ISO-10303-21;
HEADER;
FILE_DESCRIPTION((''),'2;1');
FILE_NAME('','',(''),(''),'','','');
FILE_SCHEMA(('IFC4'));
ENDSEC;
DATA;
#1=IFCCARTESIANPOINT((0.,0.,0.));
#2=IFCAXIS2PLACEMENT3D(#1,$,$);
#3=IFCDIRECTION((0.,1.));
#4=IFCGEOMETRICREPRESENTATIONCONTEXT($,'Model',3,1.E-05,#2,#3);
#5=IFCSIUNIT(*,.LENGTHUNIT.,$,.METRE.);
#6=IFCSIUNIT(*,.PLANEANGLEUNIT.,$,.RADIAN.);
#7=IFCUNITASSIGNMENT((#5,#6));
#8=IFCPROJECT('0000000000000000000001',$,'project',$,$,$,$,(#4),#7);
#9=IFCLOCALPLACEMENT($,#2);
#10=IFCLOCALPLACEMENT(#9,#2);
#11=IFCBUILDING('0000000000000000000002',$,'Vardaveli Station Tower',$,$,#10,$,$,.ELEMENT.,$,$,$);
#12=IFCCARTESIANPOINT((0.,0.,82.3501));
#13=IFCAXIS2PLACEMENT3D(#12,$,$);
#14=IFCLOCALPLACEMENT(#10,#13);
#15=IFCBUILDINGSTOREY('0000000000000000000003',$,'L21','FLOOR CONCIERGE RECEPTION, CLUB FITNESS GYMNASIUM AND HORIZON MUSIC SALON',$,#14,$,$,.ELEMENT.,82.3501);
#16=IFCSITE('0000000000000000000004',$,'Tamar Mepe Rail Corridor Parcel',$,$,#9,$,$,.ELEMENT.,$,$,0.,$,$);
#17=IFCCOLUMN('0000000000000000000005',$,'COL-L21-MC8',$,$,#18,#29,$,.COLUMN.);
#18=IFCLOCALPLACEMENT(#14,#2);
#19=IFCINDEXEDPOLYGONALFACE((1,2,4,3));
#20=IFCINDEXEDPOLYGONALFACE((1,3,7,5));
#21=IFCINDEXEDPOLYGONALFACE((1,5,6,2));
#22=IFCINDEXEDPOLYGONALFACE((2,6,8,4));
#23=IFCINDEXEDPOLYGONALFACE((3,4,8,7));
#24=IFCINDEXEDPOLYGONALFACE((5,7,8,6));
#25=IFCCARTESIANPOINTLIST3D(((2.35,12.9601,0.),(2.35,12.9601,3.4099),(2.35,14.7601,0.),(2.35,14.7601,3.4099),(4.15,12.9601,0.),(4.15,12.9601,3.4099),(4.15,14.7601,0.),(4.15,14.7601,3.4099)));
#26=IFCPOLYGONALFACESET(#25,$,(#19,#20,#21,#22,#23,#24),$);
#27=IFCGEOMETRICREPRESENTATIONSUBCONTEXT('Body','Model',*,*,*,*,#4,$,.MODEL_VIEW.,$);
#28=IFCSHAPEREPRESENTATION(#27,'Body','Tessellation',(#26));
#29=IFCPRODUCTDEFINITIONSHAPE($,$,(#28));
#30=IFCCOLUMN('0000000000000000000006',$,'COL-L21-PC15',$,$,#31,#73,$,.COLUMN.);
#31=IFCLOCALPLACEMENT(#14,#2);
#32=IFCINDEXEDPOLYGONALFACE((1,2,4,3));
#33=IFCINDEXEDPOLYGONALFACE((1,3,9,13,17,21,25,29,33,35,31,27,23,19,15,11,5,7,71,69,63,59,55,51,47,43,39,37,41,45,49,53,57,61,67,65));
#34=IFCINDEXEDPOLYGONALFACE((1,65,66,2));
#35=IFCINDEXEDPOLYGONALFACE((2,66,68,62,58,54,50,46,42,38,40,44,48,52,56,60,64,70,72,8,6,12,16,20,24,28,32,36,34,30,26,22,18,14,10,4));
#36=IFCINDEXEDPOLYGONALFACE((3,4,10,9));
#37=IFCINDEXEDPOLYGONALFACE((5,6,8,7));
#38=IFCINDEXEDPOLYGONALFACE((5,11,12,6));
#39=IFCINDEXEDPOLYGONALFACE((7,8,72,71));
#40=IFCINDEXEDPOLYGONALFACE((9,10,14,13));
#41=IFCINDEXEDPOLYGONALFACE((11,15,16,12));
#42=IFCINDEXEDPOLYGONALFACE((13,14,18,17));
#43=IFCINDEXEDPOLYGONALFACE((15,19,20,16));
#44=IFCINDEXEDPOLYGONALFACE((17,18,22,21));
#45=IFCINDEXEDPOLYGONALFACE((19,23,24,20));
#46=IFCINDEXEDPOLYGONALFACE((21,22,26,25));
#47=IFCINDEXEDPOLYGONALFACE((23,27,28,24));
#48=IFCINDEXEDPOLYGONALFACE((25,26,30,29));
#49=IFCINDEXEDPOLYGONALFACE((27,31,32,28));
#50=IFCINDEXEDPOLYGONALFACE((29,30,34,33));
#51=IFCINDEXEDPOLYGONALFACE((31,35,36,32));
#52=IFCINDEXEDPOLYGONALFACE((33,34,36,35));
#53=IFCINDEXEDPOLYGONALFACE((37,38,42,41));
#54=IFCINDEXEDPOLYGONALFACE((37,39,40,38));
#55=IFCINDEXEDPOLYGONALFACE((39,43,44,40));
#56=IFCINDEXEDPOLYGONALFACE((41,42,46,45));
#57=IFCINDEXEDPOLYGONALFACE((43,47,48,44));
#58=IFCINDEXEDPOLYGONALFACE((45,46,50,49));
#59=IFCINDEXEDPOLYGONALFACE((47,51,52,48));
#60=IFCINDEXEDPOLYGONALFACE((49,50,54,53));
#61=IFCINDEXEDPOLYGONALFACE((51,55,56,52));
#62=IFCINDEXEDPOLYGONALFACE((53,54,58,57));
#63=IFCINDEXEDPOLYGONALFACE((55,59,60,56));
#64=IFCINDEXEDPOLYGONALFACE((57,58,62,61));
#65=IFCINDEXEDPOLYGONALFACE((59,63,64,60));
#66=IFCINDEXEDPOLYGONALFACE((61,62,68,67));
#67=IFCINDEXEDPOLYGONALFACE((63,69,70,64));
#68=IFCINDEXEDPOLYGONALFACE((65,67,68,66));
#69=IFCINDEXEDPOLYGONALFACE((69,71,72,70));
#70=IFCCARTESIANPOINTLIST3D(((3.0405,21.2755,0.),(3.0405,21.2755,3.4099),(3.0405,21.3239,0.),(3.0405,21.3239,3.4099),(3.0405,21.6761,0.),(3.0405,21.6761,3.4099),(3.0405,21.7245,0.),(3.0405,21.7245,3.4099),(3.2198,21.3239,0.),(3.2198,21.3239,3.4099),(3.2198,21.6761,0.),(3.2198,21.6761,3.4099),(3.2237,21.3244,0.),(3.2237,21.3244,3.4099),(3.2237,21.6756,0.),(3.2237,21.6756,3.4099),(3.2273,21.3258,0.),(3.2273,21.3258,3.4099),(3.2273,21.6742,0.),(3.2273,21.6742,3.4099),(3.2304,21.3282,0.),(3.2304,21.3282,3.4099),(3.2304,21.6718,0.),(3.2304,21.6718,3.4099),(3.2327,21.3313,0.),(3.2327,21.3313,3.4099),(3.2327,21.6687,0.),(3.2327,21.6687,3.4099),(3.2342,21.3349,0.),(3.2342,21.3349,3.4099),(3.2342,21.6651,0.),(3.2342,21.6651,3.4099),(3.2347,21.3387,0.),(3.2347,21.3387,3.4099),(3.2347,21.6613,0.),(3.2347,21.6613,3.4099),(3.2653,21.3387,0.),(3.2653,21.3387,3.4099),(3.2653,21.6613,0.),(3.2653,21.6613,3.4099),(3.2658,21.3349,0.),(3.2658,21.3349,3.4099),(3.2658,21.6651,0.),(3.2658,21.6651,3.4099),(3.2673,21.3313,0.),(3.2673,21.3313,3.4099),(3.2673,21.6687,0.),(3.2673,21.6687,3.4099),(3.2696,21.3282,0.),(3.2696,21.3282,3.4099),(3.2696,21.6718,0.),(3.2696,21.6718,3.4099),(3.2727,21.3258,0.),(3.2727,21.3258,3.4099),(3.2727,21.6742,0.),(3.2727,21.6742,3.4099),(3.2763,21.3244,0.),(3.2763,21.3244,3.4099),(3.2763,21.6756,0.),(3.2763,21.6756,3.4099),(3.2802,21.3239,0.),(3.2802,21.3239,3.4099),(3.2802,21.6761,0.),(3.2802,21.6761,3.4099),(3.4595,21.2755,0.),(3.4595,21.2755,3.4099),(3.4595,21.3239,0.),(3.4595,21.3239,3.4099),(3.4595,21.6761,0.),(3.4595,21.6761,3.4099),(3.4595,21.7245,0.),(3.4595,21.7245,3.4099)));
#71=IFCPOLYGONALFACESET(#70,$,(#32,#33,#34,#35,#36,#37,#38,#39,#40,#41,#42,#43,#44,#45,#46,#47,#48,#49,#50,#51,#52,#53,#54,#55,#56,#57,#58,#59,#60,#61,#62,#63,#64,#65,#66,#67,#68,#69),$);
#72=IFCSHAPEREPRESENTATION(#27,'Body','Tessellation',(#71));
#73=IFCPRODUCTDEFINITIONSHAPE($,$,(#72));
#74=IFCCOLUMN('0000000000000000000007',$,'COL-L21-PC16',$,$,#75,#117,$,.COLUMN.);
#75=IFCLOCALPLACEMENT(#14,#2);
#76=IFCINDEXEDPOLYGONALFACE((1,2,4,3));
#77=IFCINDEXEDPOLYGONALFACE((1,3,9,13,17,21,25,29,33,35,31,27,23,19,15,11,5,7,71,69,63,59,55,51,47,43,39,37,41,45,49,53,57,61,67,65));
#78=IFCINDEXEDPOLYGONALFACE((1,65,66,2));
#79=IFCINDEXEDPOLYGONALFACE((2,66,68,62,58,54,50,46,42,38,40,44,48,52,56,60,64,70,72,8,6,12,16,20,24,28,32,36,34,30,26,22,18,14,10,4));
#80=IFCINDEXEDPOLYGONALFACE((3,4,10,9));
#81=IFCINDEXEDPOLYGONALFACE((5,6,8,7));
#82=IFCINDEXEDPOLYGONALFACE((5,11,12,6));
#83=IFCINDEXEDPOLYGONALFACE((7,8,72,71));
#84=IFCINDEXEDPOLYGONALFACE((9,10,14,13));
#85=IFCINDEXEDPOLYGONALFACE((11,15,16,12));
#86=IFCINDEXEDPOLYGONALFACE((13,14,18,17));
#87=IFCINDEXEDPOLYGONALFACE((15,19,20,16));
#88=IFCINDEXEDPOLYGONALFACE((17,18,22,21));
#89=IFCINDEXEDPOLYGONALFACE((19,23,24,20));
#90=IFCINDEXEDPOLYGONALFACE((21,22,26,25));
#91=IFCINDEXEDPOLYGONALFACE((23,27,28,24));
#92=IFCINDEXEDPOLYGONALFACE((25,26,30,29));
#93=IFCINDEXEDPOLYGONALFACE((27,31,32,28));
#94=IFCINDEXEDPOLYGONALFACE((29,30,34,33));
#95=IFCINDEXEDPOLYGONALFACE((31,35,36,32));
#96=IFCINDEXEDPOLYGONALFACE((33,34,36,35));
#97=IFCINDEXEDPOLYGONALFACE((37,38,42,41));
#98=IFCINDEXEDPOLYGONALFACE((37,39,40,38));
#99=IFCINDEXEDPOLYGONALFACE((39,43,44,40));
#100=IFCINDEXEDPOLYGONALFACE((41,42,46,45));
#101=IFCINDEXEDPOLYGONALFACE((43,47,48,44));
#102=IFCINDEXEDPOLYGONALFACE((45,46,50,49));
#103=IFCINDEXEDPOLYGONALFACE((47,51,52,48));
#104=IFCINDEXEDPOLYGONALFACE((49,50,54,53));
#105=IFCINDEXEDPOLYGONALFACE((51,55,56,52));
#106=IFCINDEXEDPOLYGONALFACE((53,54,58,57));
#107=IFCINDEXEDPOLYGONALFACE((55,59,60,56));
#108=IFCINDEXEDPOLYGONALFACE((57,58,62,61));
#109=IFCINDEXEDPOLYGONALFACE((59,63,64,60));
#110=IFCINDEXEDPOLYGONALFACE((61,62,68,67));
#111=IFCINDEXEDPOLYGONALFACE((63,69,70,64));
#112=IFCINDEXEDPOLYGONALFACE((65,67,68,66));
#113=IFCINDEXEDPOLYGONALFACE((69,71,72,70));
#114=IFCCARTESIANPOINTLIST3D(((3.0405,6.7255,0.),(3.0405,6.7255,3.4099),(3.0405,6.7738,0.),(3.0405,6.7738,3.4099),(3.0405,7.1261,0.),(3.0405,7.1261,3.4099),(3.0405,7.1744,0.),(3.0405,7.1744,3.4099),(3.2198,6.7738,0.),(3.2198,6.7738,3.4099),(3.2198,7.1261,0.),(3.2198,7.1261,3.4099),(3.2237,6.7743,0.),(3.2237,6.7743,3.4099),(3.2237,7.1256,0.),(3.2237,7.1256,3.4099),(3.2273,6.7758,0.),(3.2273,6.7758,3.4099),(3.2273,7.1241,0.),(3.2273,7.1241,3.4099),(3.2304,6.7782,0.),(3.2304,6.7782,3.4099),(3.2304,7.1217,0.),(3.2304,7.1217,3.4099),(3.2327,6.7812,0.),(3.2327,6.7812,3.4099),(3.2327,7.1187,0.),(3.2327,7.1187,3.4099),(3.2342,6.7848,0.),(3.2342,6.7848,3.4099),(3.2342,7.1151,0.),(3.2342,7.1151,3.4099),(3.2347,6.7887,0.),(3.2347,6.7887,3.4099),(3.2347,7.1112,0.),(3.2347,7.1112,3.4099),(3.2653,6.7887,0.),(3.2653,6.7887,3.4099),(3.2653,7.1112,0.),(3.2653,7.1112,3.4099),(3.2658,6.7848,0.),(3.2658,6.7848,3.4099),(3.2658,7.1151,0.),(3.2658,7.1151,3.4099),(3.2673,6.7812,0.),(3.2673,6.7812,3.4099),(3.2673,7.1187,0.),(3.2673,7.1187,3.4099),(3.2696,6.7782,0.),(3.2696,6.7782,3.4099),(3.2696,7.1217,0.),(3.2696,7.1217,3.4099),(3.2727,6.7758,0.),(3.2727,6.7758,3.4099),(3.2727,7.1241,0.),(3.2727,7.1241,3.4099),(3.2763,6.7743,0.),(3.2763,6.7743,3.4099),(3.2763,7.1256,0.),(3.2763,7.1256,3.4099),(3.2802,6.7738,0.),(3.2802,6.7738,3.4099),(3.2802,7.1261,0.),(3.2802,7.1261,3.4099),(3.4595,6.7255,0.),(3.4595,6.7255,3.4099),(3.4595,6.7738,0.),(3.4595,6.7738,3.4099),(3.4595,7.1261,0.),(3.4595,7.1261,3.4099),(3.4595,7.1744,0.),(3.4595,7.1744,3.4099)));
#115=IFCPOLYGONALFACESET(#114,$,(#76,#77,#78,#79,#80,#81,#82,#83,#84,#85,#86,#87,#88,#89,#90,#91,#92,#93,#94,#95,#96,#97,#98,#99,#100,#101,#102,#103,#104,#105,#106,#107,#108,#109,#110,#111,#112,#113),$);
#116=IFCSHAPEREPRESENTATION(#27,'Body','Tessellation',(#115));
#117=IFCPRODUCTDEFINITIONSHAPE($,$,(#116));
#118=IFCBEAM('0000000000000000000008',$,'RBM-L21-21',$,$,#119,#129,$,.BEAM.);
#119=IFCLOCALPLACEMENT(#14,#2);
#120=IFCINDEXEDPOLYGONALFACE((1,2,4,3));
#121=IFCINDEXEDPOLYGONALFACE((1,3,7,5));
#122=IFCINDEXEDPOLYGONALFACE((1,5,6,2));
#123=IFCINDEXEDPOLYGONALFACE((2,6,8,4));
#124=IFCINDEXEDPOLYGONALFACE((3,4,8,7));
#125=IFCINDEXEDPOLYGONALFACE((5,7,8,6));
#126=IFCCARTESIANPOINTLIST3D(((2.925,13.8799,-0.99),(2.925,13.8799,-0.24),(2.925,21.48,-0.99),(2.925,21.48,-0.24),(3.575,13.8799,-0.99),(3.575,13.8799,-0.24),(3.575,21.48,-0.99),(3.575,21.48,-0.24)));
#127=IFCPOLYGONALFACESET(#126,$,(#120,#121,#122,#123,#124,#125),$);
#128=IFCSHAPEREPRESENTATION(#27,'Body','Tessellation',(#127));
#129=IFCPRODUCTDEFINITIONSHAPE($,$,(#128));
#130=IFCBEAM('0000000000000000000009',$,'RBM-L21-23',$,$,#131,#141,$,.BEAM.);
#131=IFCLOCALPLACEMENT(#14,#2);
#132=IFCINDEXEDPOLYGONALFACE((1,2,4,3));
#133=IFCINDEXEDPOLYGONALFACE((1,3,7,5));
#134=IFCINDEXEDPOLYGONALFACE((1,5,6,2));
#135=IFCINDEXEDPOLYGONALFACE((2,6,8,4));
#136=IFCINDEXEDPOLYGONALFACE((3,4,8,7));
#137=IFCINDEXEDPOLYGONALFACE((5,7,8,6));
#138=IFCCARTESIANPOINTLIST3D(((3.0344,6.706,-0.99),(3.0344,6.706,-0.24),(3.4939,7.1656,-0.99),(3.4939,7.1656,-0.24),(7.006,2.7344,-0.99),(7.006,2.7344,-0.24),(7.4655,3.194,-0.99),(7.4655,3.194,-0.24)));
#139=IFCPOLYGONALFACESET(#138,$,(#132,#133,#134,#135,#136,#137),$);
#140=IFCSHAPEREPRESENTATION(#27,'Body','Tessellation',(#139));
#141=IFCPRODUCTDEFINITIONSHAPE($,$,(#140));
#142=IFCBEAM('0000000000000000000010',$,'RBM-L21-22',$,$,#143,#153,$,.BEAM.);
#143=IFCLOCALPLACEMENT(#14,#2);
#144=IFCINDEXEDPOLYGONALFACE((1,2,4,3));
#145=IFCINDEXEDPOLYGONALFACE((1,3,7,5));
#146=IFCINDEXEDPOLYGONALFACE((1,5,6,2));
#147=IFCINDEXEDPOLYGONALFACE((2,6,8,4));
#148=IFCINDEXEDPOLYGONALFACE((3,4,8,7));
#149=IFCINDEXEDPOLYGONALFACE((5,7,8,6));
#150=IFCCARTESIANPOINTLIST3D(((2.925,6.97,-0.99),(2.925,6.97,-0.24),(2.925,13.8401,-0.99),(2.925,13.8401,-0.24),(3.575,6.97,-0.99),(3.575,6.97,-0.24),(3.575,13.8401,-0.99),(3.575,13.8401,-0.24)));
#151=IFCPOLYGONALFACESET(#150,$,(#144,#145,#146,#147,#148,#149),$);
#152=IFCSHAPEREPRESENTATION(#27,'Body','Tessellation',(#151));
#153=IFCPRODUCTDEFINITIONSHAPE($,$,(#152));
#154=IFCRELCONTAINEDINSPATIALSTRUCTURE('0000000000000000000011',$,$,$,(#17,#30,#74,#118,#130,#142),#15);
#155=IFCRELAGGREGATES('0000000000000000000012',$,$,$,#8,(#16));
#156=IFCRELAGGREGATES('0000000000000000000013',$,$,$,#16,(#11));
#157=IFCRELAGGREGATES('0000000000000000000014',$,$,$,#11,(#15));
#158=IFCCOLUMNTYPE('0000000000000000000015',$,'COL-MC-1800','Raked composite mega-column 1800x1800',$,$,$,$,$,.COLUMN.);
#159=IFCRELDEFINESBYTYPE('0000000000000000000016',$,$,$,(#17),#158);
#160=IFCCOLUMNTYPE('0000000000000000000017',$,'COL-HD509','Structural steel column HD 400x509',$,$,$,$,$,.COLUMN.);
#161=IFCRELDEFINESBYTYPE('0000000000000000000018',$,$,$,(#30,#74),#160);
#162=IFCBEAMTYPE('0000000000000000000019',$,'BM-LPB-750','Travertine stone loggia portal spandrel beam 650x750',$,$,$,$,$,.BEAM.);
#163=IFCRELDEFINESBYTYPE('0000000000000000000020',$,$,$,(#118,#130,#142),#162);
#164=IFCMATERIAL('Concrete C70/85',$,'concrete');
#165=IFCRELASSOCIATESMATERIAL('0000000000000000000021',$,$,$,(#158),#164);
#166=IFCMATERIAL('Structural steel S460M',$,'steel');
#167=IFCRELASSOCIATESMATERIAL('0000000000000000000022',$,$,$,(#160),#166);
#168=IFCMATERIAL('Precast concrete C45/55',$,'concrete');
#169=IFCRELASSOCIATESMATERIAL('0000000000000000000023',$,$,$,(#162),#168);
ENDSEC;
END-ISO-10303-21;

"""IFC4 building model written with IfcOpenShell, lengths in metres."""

from ifc_helpers import new_model, si_unit, direction, frame, origin, origin_2d, place, context, subcontext, project, spatial, rectangle, i_section, extrude, source, transform, mapped, material, material_profile, profile_set, type_object, element, save


model = new_model("IFC4")

# Units and contexts
model_context = context("Model", 3, precision=1e-05, world=origin(), true_north=direction((0.0, 1.0)))
body_context = subcontext(model_context, "Body", "Model", "MODEL_VIEW")
ifc_project = project(units=[si_unit("LENGTHUNIT", "METRE"), si_unit("PLANEANGLEUNIT", "RADIAN")], contexts=[model_context])

# Site, building, storey
site_placement = place(None, origin())
site = spatial("IfcSite", under=ifc_project, at=site_placement, Name="Tamar Mepe Rail Corridor Parcel", CompositionType="ELEMENT", RefElevation=0.0)
building_placement = place(site_placement, origin())
building = spatial("IfcBuilding", under=site, at=building_placement, Name="Vardaveli Station Tower", CompositionType="ELEMENT")
storey_placement = place(building_placement, frame((0.0, 0.0, 82.3501)))
storey = spatial("IfcBuildingStorey", under=building, at=storey_placement, Name="L21", Description="FLOOR CONCIERGE RECEPTION, CLUB FITNESS GYMNASIUM AND HORIZON MUSIC SALON", CompositionType="ELEMENT", Elevation=82.3501)

# Columns
ifc_material_1 = material(Name="Concrete C70/85", Category="concrete")
ifc_material_profile_1 = material_profile(ifc_material_1, rectangle(XDim=1.8, YDim=1.8, at=origin_2d()), Name="MC 1800x1800")
ifc_profile_set_1 = profile_set([ifc_material_profile_1], Name="Concrete C70/85")
column_type_1 = type_object("IfcColumnType", Name="COL-MC-1800", Description="Raked composite mega-column 1800x1800", PredefinedType="COLUMN", material=ifc_profile_set_1)
shared_shape_1 = source(origin(), body_context, "Body", "SweptSolid", [
    extrude(rectangle(XDim=1.8, YDim=1.8, at=origin_2d()), origin(), (0.0, 0.0, 1.0), 3.4099),
])
column_placement = place(storey_placement, frame((3.25, 13.8601, 0.0), z_axis=(0.0, 0.0, 1.0), x_axis=(1.0, 0.0, 0.0)))
element("IfcColumn", 1, at=column_placement, inside=storey, type_object=column_type_1, Name="COL-L21-MC8", PredefinedType="COLUMN", context=body_context, shape_type="MappedRepresentation", body=[
    mapped(shared_shape_1, transform((0.0, 0.0, 0.0), scale=1.0)),
])
ifc_material_2 = material(Name="Structural steel S460M", Category="steel")
ifc_material_profile_2 = material_profile(ifc_material_2, i_section(OverallWidth=0.4189, OverallDepth=0.449, WebThickness=0.0305, FlangeThickness=0.0483, FilletRadius=0.0149, at=origin_2d()), Name="HD 400x509")
ifc_profile_set_2 = profile_set([ifc_material_profile_2], Name="Structural steel S460M")
column_type_2 = type_object("IfcColumnType", Name="COL-HD509", Description="Structural steel column HD 400x509", PredefinedType="COLUMN", material=ifc_profile_set_2)
shared_shape_2 = source(origin(), body_context, "Body", "SweptSolid", [
    extrude(i_section(OverallWidth=0.4189, OverallDepth=0.449, WebThickness=0.0305, FlangeThickness=0.0483, FilletRadius=0.0149, at=origin_2d()), origin(), (0.0, 0.0, 1.0), 3.4099),
])
for number, where, z_axis, x_axis, name in (
    (2, (3.25, 21.5, 0.0), (0.0, 0.0, 1.0), (1.0, 0.0, 0.0), "COL-L21-PC15"),
    (3, (3.25, 6.95, 0.0), (0.0, 0.0, 1.0), (1.0, 0.0, 0.0), "COL-L21-PC16"),
):
    element("IfcColumn", number, at=place(storey_placement, frame(where, z_axis=z_axis, x_axis=x_axis)), inside=storey, type_object=column_type_2, Name=name, PredefinedType="COLUMN", context=body_context, shape_type="MappedRepresentation", body=[
        mapped(shared_shape_2, transform((0.0, 0.0, 0.0), scale=1.0)),
    ])

# Beams
ifc_material_3 = material(Name="Precast concrete C45/55", Category="concrete")
ifc_material_profile_3 = material_profile(ifc_material_3, rectangle(XDim=0.6499, YDim=0.75, at=origin_2d()), Name="LPB 650x750")
ifc_profile_set_3 = profile_set([ifc_material_profile_3], Name="Precast concrete C45/55")
beam_type_1 = type_object("IfcBeamType", Name="BM-LPB-750", Description="Travertine stone loggia portal spandrel beam 650x750", PredefinedType="BEAM", material=ifc_profile_set_3)
shared_shape_3 = source(origin(), body_context, "Body", "SweptSolid", [
    extrude(rectangle(XDim=0.6499, YDim=0.75, at=origin_2d()), origin(), (0.0, 0.0, 1.0), 7.6001),
])
beam_1_placement = place(storey_placement, frame((3.25, 21.48, -0.615), z_axis=(0.0, -1.0, 0.0), x_axis=(1.0, 0.0, 0.0)))
element("IfcBeam", 4, at=beam_1_placement, inside=storey, type_object=beam_type_1, Name="RBM-L21-21", PredefinedType="BEAM", context=body_context, shape_type="MappedRepresentation", body=[
    mapped(shared_shape_3, transform((0.0, 0.0, 0.0), scale=1.0)),
])
shared_shape_4 = source(origin(), body_context, "Body", "SweptSolid", [
    extrude(rectangle(XDim=0.6499, YDim=0.75, at=origin_2d()), origin(), (0.0, 0.0, 1.0), 5.6167),
])
beam_2_placement = place(storey_placement, frame((3.2642, 6.9358, -0.615), z_axis=(0.707107, -0.707107, 0.0), x_axis=(0.707107, 0.707107, 0.0)))
element("IfcBeam", 5, at=beam_2_placement, inside=storey, type_object=beam_type_1, Name="RBM-L21-23", PredefinedType="BEAM", context=body_context, shape_type="MappedRepresentation", body=[
    mapped(shared_shape_4, transform((0.0, 0.0, 0.0), scale=1.0)),
])
shared_shape_5 = source(origin(), body_context, "Body", "SweptSolid", [
    extrude(rectangle(XDim=0.6499, YDim=0.75, at=origin_2d()), origin(), (0.0, 0.0, 1.0), 6.8701),
])
beam_3_placement = place(storey_placement, frame((3.25, 13.8401, -0.615), z_axis=(0.0, -1.0, 0.0), x_axis=(1.0, 0.0, 0.0)))
element("IfcBeam", 6, at=beam_3_placement, inside=storey, type_object=beam_type_1, Name="RBM-L21-22", PredefinedType="BEAM", context=body_context, shape_type="MappedRepresentation", body=[
    mapped(shared_shape_5, transform((0.0, 0.0, 0.0), scale=1.0)),
])

save(model, "model.ifc")
